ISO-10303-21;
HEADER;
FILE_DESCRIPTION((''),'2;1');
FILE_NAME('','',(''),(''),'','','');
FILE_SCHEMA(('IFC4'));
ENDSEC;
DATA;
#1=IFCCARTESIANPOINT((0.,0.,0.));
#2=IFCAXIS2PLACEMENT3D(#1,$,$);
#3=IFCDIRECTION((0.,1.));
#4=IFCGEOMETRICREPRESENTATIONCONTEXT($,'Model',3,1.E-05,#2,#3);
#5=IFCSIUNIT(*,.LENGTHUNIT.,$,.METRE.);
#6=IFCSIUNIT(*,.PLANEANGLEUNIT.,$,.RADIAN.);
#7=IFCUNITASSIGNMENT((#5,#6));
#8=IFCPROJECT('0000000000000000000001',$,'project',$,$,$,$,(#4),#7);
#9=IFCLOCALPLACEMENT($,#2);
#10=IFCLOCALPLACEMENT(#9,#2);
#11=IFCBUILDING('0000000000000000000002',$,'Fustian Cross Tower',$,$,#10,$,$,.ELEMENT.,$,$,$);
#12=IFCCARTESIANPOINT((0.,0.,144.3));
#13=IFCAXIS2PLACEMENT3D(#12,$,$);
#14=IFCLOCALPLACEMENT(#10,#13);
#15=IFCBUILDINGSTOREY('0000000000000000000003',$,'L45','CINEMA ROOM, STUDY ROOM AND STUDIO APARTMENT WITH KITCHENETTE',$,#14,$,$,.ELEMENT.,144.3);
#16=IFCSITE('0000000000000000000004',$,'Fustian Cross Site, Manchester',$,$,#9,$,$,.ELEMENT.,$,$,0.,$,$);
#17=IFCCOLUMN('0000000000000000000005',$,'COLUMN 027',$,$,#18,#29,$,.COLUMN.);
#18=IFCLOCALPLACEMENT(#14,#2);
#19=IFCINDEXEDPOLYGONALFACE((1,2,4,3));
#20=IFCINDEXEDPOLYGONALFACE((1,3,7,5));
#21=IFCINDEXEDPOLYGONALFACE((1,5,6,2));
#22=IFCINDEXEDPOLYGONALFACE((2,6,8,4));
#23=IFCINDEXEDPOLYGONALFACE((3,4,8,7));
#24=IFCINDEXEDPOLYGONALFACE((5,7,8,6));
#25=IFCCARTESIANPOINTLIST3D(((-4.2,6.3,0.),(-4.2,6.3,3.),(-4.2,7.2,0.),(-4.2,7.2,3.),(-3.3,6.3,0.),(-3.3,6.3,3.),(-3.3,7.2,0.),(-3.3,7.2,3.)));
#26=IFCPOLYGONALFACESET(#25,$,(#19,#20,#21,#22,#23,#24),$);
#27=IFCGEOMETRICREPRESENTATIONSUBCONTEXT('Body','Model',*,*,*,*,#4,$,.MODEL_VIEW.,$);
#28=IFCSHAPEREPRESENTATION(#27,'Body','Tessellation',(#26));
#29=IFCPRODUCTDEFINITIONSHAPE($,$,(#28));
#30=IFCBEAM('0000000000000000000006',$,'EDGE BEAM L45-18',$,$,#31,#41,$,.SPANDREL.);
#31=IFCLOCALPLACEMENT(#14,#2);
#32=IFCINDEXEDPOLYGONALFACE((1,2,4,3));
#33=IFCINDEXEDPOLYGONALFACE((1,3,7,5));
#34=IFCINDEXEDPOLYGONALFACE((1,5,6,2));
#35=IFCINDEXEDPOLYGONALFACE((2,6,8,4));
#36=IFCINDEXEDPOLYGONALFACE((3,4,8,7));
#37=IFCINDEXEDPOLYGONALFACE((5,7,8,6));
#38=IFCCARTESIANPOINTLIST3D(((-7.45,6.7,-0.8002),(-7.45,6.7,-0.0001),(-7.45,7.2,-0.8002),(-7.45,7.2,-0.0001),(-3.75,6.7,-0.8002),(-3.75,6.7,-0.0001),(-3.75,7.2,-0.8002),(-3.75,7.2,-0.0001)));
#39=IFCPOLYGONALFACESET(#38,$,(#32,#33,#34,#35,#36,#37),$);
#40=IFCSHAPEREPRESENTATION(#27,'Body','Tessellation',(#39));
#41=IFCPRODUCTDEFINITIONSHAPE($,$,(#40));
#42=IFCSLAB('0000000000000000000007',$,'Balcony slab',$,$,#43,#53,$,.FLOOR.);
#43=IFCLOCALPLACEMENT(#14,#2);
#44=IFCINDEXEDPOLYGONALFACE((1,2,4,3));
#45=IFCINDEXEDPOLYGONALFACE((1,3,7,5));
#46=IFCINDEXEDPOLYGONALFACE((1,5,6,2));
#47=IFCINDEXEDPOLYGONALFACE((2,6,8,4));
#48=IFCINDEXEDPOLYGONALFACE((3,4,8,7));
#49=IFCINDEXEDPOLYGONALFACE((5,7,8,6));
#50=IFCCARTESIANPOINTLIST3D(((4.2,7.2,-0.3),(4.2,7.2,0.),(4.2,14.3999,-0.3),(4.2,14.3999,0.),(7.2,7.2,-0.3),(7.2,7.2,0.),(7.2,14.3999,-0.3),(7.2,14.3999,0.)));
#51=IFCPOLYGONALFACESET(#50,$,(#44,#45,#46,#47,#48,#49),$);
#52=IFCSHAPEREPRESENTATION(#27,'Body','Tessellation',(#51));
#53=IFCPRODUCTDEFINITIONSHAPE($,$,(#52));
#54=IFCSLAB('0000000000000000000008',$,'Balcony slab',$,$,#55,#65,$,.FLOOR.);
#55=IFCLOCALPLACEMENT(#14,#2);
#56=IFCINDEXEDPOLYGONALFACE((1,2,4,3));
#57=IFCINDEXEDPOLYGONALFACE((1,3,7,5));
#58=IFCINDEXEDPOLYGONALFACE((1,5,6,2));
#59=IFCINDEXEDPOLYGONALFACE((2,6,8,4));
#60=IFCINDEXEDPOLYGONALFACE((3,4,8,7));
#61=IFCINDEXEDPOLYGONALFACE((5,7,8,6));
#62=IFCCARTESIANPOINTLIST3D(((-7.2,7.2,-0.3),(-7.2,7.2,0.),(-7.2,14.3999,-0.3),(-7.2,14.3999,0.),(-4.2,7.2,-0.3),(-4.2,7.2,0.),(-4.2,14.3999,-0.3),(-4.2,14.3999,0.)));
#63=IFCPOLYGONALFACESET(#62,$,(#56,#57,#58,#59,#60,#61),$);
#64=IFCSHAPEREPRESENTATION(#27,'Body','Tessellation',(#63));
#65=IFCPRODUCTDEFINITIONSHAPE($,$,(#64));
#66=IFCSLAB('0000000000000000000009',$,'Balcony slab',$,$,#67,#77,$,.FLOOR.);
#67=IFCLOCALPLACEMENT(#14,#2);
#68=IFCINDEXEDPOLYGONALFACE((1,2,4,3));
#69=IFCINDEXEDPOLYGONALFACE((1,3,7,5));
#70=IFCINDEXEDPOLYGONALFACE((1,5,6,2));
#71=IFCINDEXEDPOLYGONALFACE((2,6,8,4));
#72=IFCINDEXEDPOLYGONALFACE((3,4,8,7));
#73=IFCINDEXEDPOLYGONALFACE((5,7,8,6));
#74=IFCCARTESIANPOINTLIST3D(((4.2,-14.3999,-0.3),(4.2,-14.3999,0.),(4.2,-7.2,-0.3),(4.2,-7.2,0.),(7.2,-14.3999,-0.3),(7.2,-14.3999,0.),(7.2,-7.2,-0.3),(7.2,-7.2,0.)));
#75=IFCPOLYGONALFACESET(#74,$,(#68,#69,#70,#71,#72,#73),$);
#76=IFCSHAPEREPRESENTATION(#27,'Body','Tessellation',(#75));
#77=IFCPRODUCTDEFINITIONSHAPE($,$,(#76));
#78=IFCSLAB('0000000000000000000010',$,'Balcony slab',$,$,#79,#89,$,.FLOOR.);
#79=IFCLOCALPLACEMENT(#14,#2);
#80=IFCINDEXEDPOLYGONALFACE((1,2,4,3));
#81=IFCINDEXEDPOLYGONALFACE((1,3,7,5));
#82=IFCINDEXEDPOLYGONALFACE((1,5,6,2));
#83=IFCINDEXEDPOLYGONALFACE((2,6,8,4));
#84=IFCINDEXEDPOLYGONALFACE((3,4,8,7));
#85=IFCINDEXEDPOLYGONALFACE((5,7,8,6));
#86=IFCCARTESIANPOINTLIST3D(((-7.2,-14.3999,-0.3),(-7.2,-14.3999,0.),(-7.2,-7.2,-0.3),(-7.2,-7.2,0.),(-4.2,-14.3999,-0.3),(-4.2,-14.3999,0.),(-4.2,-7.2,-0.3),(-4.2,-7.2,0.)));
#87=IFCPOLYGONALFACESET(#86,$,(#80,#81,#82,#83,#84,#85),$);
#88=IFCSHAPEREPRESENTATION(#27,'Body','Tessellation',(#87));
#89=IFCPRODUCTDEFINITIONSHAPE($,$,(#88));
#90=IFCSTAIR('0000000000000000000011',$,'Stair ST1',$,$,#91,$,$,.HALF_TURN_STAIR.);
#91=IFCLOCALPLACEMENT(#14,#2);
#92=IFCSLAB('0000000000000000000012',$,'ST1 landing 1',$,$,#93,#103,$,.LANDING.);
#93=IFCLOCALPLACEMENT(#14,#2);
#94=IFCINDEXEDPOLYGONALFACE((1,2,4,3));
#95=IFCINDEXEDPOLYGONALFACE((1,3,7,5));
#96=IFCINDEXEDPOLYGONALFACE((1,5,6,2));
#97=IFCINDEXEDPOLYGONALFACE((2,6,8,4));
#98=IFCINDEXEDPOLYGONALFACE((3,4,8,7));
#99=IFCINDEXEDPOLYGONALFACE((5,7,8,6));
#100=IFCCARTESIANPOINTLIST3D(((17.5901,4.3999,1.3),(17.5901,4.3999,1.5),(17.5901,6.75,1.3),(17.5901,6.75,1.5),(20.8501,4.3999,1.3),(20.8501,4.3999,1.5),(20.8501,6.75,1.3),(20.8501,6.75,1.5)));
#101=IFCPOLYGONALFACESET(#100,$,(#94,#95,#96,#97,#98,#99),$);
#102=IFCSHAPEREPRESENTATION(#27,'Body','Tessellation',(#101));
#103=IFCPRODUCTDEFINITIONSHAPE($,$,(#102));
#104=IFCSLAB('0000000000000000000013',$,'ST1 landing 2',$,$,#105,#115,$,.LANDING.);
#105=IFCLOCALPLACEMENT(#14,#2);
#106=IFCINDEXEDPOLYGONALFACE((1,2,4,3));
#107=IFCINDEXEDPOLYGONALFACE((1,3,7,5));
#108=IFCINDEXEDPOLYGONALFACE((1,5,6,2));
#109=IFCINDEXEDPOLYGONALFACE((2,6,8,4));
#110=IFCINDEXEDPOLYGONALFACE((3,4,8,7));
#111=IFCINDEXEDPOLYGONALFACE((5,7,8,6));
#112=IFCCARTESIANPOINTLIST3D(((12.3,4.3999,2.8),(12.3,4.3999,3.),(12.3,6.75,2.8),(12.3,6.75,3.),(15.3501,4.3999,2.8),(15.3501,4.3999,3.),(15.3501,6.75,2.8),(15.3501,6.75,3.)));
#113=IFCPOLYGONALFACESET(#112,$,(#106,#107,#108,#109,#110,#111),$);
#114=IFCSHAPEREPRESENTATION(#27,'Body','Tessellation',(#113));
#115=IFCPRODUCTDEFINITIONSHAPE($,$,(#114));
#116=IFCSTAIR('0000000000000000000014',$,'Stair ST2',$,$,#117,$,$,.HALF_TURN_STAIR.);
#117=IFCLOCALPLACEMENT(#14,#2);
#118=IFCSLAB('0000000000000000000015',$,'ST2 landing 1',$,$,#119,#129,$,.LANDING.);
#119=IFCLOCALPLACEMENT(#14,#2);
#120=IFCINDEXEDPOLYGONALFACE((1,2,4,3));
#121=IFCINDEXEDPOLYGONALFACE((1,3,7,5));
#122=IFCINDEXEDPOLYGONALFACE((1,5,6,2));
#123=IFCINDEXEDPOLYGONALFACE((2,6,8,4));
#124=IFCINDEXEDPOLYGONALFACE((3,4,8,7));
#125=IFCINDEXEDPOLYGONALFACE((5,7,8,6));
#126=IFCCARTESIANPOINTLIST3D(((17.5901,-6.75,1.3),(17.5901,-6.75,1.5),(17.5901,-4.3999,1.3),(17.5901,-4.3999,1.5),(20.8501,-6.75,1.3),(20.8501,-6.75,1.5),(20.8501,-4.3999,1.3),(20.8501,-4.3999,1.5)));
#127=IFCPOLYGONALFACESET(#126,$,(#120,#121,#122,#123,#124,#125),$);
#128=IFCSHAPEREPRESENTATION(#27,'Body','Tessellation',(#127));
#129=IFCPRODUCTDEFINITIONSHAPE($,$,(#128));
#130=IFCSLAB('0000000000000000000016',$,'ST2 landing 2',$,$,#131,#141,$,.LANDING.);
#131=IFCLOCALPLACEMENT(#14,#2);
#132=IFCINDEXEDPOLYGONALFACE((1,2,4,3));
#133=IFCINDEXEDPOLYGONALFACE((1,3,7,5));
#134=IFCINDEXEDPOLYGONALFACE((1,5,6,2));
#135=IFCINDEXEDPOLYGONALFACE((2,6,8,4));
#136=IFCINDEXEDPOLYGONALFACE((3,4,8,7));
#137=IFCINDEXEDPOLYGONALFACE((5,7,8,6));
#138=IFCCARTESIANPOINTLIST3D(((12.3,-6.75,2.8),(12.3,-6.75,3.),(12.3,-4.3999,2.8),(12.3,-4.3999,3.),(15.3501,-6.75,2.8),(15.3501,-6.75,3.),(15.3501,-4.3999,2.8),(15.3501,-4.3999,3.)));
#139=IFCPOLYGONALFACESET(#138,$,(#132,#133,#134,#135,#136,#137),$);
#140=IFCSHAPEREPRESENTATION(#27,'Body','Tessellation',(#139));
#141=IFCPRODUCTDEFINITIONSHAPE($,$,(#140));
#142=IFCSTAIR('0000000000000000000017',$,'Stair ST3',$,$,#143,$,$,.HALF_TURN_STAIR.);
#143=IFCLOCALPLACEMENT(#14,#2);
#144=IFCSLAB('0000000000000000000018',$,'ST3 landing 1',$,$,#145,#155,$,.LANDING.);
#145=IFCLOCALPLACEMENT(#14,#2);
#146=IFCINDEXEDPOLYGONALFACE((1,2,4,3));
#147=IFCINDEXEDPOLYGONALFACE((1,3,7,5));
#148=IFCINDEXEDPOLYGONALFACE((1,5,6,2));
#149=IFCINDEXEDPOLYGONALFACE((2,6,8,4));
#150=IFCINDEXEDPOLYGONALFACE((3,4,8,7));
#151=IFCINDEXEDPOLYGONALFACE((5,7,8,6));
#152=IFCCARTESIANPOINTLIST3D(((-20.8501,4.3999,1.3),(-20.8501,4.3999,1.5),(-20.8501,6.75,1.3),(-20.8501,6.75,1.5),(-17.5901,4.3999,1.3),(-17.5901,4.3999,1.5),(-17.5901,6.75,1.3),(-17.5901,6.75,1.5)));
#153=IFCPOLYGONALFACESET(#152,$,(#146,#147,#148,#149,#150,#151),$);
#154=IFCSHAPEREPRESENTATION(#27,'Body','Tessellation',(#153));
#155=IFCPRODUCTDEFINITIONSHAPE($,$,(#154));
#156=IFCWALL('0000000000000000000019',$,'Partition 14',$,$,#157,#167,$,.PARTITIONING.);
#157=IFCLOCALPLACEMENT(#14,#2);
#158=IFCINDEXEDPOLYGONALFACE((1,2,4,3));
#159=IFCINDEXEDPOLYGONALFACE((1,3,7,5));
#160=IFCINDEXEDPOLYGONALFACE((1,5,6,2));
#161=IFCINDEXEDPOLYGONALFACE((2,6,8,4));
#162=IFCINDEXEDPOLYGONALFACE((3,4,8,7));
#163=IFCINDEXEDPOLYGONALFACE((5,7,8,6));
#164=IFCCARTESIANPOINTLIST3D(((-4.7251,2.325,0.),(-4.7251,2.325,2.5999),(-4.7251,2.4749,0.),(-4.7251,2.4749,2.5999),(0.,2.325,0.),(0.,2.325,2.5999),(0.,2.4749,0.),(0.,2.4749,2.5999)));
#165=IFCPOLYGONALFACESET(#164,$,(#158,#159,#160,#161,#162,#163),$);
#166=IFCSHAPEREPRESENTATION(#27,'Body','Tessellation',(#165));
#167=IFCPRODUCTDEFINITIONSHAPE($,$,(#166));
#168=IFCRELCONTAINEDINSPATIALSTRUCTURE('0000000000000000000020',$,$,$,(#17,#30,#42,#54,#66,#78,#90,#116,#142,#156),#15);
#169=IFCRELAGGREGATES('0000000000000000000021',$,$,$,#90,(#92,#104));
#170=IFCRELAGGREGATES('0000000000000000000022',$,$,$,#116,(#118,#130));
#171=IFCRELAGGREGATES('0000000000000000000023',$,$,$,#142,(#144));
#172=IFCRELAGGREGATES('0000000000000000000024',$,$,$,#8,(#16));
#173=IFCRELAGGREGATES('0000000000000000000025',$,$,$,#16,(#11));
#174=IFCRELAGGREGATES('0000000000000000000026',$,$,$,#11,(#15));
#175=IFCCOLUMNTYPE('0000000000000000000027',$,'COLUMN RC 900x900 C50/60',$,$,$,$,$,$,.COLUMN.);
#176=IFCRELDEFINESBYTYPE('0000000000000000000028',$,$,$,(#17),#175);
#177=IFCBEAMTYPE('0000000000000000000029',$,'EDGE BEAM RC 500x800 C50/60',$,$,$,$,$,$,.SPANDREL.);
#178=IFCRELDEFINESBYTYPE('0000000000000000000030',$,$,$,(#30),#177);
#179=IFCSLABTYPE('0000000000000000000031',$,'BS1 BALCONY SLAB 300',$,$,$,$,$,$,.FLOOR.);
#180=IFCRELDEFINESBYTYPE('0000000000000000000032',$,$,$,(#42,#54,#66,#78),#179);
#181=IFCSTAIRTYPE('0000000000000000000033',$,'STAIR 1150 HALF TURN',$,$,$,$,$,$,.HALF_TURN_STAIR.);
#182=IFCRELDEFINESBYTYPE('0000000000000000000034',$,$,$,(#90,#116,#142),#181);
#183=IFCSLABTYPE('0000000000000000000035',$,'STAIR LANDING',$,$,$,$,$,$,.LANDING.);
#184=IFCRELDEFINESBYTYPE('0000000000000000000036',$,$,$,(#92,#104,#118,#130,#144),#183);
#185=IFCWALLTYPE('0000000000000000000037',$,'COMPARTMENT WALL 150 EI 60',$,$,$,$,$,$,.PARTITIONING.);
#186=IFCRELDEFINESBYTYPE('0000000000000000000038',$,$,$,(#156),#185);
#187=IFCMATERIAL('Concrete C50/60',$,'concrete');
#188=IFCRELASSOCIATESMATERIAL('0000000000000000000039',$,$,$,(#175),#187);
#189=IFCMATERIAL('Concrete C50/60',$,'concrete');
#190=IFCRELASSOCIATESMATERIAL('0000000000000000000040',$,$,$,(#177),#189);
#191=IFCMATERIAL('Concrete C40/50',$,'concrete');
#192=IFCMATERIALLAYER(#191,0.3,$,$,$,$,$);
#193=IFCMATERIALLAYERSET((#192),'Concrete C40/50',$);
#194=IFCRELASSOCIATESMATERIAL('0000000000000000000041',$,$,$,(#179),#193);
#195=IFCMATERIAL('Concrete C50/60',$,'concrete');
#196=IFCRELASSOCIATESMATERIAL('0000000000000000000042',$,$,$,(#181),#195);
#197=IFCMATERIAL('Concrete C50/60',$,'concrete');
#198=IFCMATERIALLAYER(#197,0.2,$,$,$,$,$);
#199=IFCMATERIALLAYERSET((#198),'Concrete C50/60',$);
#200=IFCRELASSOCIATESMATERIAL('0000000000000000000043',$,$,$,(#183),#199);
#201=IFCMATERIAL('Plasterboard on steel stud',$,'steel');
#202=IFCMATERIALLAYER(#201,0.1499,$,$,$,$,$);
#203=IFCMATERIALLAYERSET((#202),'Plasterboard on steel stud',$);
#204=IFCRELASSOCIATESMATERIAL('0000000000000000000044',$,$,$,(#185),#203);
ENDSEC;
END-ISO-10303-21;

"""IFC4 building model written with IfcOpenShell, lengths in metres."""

from ifc_helpers import new_model, si_unit, direction, frame, frame_2d, origin, origin_2d, place, context, subcontext, project, spatial, polyline, rectangle, outline, extrude, material, layer, layer_set, material_profile, profile_set, type_object, element, aggregate, save


model = new_model("IFC4")

# Units and contexts
model_context = context("Model", 3, precision=1e-05, world=origin(), true_north=direction((0.0, 1.0)))
body_context = subcontext(model_context, "Body", "Model", "MODEL_VIEW")
ifc_project = project(units=[si_unit("LENGTHUNIT", "METRE"), si_unit("PLANEANGLEUNIT", "RADIAN")], contexts=[model_context])

# Site, building, storey
site_placement = place(None, origin())
site = spatial("IfcSite", under=ifc_project, at=site_placement, Name="Fustian Cross Site, Manchester", CompositionType="ELEMENT", RefElevation=0.0)
building_placement = place(site_placement, origin())
building = spatial("IfcBuilding", under=site, at=building_placement, Name="Fustian Cross Tower", CompositionType="ELEMENT")
storey_placement = place(building_placement, frame((0.0, 0.0, 144.3)))
storey = spatial("IfcBuildingStorey", under=building, at=storey_placement, Name="L45", Description="CINEMA ROOM, STUDY ROOM AND STUDIO APARTMENT WITH KITCHENETTE", CompositionType="ELEMENT", Elevation=144.3)

# Column
ifc_material_1 = material(Name="Concrete C50/60", Category="concrete")
ifc_material_profile_1 = material_profile(ifc_material_1, rectangle(XDim=0.8999, YDim=0.8999, at=origin_2d()), Name="RC 900x900")
ifc_profile_set_1 = profile_set([ifc_material_profile_1], Name="Concrete C50/60")
column_type = type_object("IfcColumnType", Name="COLUMN RC 900x900 C50/60", PredefinedType="COLUMN", material=ifc_profile_set_1)
column_placement = place(storey_placement, frame((-3.75, 6.75, 0.0), z_axis=(0.0, 0.0, 1.0), x_axis=(1.0, 0.0, 0.0)))
element("IfcColumn", 1, at=column_placement, inside=storey, type_object=column_type, Name="COLUMN 027", PredefinedType="COLUMN", context=body_context, shape_type="SweptSolid", body=[
    extrude(rectangle(XDim=0.8999, YDim=0.8999, at=origin_2d()), origin(), (0.0, 0.0, 1.0), 3.0),
])

# Beam
ifc_material_2 = material(Name="Concrete C50/60", Category="concrete")
ifc_material_profile_2 = material_profile(ifc_material_2, rectangle(XDim=0.5, YDim=0.8, at=origin_2d()), Name="RC 500x800")
ifc_profile_set_2 = profile_set([ifc_material_profile_2], Name="Concrete C50/60")
beam_type = type_object("IfcBeamType", Name="EDGE BEAM RC 500x800 C50/60", PredefinedType="SPANDREL", material=ifc_profile_set_2)
beam_placement = place(storey_placement, frame((-3.75, 6.95, -0.4001), z_axis=(-1.0, 0.0, 0.0), x_axis=(0.0, -1.0, 0.0)))
element("IfcBeam", 2, at=beam_placement, inside=storey, type_object=beam_type, Name="EDGE BEAM L45-18", PredefinedType="SPANDREL", context=body_context, shape_type="SweptSolid", body=[
    extrude(rectangle(XDim=0.5, YDim=0.8, at=origin_2d()), origin(), (0.0, 0.0, 1.0), 3.7),
])

# Slabs
ifc_material_3 = material(Name="Concrete C40/50", Category="concrete")
ifc_layer_1 = layer(ifc_material_3, 0.3)
ifc_layer_set_1 = layer_set([ifc_layer_1], Name="Concrete C40/50")
slab_type_1 = type_object("IfcSlabType", Name="BS1 BALCONY SLAB 300", PredefinedType="FLOOR", material=ifc_layer_set_1)
slab_1_placement = place(storey_placement, frame((0.0, 0.0, -0.3)))
element("IfcSlab", 3, at=slab_1_placement, inside=storey, type_object=slab_type_1, Name="Balcony slab", PredefinedType="FLOOR", context=body_context, shape_type="SweptSolid", body=[
    extrude(outline(polyline([(4.2, 7.2), (7.2, 7.2), (7.2, 14.3999), (4.2, 14.3999), (4.2, 7.2)])), origin(), (0.0, 0.0, 1.0), 0.3),
])
slab_2_placement = place(storey_placement, frame((0.0, 0.0, -0.3)))
element("IfcSlab", 4, at=slab_2_placement, inside=storey, type_object=slab_type_1, Name="Balcony slab", PredefinedType="FLOOR", context=body_context, shape_type="SweptSolid", body=[
    extrude(outline(polyline([(-7.2, 7.2), (-4.2, 7.2), (-4.2, 14.3999), (-7.2, 14.3999), (-7.2, 7.2)])), origin(), (0.0, 0.0, 1.0), 0.3),
])
slab_3_placement = place(storey_placement, frame((0.0, 0.0, -0.3)))
element("IfcSlab", 5, at=slab_3_placement, inside=storey, type_object=slab_type_1, Name="Balcony slab", PredefinedType="FLOOR", context=body_context, shape_type="SweptSolid", body=[
    extrude(outline(polyline([(4.2, -14.3999), (7.2, -14.3999), (7.2, -7.2), (4.2, -7.2), (4.2, -14.3999)])), origin(), (0.0, 0.0, 1.0), 0.3),
])
slab_4_placement = place(storey_placement, frame((0.0, 0.0, -0.3)))
element("IfcSlab", 6, at=slab_4_placement, inside=storey, type_object=slab_type_1, Name="Balcony slab", PredefinedType="FLOOR", context=body_context, shape_type="SweptSolid", body=[
    extrude(outline(polyline([(-7.2, -14.3999), (-4.2, -14.3999), (-4.2, -7.2), (-7.2, -7.2), (-7.2, -14.3999)])), origin(), (0.0, 0.0, 1.0), 0.3),
])

# Stairs, slabs
ifc_material_4 = material(Name="Concrete C50/60", Category="concrete")
stair_type = type_object("IfcStairType", Name="STAIR 1150 HALF TURN", PredefinedType="HALF_TURN_STAIR", material=ifc_material_4)
stair_1_placement = place(storey_placement, origin())
stair_1 = element("IfcStair", 7, at=stair_1_placement, inside=storey, type_object=stair_type, Name="Stair ST1", PredefinedType="HALF_TURN_STAIR")
ifc_material_5 = material(Name="Concrete C50/60", Category="concrete")
ifc_layer_2 = layer(ifc_material_5, 0.2)
ifc_layer_set_2 = layer_set([ifc_layer_2], Name="Concrete C50/60")
slab_type_2 = type_object("IfcSlabType", Name="STAIR LANDING", PredefinedType="LANDING", material=ifc_layer_set_2)
slab_5_placement = place(storey_placement, frame((0.0, 0.0, 1.3)))
slab_5 = element("IfcSlab", 8, at=slab_5_placement, type_object=slab_type_2, Name="ST1 landing 1", PredefinedType="LANDING", context=body_context, shape_type="SweptSolid", body=[
    extrude(outline(polyline([(17.5901, 4.3999), (20.8501, 4.3999), (20.8501, 6.75), (17.5901, 6.75), (17.5901, 4.3999)])), origin(), (0.0, 0.0, 1.0), 0.2),
])
slab_6_placement = place(storey_placement, frame((0.0, 0.0, 2.8)))
slab_6 = element("IfcSlab", 9, at=slab_6_placement, type_object=slab_type_2, Name="ST1 landing 2", PredefinedType="LANDING", context=body_context, shape_type="SweptSolid", body=[
    extrude(outline(polyline([(12.3, 4.3999), (15.3501, 4.3999), (15.3501, 6.75), (12.3, 6.75), (12.3, 4.3999)])), origin(), (0.0, 0.0, 1.0), 0.2),
])
aggregate(stair_1, [slab_5, slab_6])
stair_2_placement = place(storey_placement, origin())
stair_2 = element("IfcStair", 10, at=stair_2_placement, inside=storey, type_object=stair_type, Name="Stair ST2", PredefinedType="HALF_TURN_STAIR")
slab_7_placement = place(storey_placement, frame((0.0, 0.0, 1.3)))
slab_7 = element("IfcSlab", 11, at=slab_7_placement, type_object=slab_type_2, Name="ST2 landing 1", PredefinedType="LANDING", context=body_context, shape_type="SweptSolid", body=[
    extrude(outline(polyline([(17.5901, -4.3999), (20.8501, -4.3999), (20.8501, -6.75), (17.5901, -6.75), (17.5901, -4.3999)])), origin(), (0.0, 0.0, 1.0), 0.2),
])
slab_8_placement = place(storey_placement, frame((0.0, 0.0, 2.8)))
slab_8 = element("IfcSlab", 12, at=slab_8_placement, type_object=slab_type_2, Name="ST2 landing 2", PredefinedType="LANDING", context=body_context, shape_type="SweptSolid", body=[
    extrude(outline(polyline([(12.3, -4.3999), (15.3501, -4.3999), (15.3501, -6.75), (12.3, -6.75), (12.3, -4.3999)])), origin(), (0.0, 0.0, 1.0), 0.2),
])
aggregate(stair_2, [slab_7, slab_8])

# Stair, slab
stair_3_placement = place(storey_placement, origin())
stair_3 = element("IfcStair", 13, at=stair_3_placement, inside=storey, type_object=stair_type, Name="Stair ST3", PredefinedType="HALF_TURN_STAIR")
slab_9_placement = place(storey_placement, frame((0.0, 0.0, 1.3)))
slab_9 = element("IfcSlab", 14, at=slab_9_placement, type_object=slab_type_2, Name="ST3 landing 1", PredefinedType="LANDING", context=body_context, shape_type="SweptSolid", body=[
    extrude(outline(polyline([(-17.5901, 4.3999), (-20.8501, 4.3999), (-20.8501, 6.75), (-17.5901, 6.75), (-17.5901, 4.3999)])), origin(), (0.0, 0.0, 1.0), 0.2),
])
aggregate(stair_3, [slab_9])

# Wall
ifc_material_6 = material(Name="Plasterboard on steel stud", Category="steel")
ifc_layer_3 = layer(ifc_material_6, 0.1499)
ifc_layer_set_3 = layer_set([ifc_layer_3], Name="Plasterboard on steel stud")
wall_type_1 = type_object("IfcWallType", Name="COMPARTMENT WALL 150 EI 60", PredefinedType="PARTITIONING", material=ifc_layer_set_3)
wall_1_placement = place(storey_placement, frame((-4.7251, 2.3999, 0.0), z_axis=(0.0, 0.0, 1.0), x_axis=(1.0, 0.0, 0.0)))
element("IfcWall", 15, at=wall_1_placement, inside=storey, type_object=wall_type_1, Name="Partition 14", PredefinedType="PARTITIONING", context=body_context, shape_type="SweptSolid", body=[
    extrude(rectangle(XDim=4.7251, YDim=0.1499, at=frame_2d((2.3625, 0.0))), origin(), (0.0, 0.0, 1.0), 2.5999),
])

save(model, "model.ifc")
